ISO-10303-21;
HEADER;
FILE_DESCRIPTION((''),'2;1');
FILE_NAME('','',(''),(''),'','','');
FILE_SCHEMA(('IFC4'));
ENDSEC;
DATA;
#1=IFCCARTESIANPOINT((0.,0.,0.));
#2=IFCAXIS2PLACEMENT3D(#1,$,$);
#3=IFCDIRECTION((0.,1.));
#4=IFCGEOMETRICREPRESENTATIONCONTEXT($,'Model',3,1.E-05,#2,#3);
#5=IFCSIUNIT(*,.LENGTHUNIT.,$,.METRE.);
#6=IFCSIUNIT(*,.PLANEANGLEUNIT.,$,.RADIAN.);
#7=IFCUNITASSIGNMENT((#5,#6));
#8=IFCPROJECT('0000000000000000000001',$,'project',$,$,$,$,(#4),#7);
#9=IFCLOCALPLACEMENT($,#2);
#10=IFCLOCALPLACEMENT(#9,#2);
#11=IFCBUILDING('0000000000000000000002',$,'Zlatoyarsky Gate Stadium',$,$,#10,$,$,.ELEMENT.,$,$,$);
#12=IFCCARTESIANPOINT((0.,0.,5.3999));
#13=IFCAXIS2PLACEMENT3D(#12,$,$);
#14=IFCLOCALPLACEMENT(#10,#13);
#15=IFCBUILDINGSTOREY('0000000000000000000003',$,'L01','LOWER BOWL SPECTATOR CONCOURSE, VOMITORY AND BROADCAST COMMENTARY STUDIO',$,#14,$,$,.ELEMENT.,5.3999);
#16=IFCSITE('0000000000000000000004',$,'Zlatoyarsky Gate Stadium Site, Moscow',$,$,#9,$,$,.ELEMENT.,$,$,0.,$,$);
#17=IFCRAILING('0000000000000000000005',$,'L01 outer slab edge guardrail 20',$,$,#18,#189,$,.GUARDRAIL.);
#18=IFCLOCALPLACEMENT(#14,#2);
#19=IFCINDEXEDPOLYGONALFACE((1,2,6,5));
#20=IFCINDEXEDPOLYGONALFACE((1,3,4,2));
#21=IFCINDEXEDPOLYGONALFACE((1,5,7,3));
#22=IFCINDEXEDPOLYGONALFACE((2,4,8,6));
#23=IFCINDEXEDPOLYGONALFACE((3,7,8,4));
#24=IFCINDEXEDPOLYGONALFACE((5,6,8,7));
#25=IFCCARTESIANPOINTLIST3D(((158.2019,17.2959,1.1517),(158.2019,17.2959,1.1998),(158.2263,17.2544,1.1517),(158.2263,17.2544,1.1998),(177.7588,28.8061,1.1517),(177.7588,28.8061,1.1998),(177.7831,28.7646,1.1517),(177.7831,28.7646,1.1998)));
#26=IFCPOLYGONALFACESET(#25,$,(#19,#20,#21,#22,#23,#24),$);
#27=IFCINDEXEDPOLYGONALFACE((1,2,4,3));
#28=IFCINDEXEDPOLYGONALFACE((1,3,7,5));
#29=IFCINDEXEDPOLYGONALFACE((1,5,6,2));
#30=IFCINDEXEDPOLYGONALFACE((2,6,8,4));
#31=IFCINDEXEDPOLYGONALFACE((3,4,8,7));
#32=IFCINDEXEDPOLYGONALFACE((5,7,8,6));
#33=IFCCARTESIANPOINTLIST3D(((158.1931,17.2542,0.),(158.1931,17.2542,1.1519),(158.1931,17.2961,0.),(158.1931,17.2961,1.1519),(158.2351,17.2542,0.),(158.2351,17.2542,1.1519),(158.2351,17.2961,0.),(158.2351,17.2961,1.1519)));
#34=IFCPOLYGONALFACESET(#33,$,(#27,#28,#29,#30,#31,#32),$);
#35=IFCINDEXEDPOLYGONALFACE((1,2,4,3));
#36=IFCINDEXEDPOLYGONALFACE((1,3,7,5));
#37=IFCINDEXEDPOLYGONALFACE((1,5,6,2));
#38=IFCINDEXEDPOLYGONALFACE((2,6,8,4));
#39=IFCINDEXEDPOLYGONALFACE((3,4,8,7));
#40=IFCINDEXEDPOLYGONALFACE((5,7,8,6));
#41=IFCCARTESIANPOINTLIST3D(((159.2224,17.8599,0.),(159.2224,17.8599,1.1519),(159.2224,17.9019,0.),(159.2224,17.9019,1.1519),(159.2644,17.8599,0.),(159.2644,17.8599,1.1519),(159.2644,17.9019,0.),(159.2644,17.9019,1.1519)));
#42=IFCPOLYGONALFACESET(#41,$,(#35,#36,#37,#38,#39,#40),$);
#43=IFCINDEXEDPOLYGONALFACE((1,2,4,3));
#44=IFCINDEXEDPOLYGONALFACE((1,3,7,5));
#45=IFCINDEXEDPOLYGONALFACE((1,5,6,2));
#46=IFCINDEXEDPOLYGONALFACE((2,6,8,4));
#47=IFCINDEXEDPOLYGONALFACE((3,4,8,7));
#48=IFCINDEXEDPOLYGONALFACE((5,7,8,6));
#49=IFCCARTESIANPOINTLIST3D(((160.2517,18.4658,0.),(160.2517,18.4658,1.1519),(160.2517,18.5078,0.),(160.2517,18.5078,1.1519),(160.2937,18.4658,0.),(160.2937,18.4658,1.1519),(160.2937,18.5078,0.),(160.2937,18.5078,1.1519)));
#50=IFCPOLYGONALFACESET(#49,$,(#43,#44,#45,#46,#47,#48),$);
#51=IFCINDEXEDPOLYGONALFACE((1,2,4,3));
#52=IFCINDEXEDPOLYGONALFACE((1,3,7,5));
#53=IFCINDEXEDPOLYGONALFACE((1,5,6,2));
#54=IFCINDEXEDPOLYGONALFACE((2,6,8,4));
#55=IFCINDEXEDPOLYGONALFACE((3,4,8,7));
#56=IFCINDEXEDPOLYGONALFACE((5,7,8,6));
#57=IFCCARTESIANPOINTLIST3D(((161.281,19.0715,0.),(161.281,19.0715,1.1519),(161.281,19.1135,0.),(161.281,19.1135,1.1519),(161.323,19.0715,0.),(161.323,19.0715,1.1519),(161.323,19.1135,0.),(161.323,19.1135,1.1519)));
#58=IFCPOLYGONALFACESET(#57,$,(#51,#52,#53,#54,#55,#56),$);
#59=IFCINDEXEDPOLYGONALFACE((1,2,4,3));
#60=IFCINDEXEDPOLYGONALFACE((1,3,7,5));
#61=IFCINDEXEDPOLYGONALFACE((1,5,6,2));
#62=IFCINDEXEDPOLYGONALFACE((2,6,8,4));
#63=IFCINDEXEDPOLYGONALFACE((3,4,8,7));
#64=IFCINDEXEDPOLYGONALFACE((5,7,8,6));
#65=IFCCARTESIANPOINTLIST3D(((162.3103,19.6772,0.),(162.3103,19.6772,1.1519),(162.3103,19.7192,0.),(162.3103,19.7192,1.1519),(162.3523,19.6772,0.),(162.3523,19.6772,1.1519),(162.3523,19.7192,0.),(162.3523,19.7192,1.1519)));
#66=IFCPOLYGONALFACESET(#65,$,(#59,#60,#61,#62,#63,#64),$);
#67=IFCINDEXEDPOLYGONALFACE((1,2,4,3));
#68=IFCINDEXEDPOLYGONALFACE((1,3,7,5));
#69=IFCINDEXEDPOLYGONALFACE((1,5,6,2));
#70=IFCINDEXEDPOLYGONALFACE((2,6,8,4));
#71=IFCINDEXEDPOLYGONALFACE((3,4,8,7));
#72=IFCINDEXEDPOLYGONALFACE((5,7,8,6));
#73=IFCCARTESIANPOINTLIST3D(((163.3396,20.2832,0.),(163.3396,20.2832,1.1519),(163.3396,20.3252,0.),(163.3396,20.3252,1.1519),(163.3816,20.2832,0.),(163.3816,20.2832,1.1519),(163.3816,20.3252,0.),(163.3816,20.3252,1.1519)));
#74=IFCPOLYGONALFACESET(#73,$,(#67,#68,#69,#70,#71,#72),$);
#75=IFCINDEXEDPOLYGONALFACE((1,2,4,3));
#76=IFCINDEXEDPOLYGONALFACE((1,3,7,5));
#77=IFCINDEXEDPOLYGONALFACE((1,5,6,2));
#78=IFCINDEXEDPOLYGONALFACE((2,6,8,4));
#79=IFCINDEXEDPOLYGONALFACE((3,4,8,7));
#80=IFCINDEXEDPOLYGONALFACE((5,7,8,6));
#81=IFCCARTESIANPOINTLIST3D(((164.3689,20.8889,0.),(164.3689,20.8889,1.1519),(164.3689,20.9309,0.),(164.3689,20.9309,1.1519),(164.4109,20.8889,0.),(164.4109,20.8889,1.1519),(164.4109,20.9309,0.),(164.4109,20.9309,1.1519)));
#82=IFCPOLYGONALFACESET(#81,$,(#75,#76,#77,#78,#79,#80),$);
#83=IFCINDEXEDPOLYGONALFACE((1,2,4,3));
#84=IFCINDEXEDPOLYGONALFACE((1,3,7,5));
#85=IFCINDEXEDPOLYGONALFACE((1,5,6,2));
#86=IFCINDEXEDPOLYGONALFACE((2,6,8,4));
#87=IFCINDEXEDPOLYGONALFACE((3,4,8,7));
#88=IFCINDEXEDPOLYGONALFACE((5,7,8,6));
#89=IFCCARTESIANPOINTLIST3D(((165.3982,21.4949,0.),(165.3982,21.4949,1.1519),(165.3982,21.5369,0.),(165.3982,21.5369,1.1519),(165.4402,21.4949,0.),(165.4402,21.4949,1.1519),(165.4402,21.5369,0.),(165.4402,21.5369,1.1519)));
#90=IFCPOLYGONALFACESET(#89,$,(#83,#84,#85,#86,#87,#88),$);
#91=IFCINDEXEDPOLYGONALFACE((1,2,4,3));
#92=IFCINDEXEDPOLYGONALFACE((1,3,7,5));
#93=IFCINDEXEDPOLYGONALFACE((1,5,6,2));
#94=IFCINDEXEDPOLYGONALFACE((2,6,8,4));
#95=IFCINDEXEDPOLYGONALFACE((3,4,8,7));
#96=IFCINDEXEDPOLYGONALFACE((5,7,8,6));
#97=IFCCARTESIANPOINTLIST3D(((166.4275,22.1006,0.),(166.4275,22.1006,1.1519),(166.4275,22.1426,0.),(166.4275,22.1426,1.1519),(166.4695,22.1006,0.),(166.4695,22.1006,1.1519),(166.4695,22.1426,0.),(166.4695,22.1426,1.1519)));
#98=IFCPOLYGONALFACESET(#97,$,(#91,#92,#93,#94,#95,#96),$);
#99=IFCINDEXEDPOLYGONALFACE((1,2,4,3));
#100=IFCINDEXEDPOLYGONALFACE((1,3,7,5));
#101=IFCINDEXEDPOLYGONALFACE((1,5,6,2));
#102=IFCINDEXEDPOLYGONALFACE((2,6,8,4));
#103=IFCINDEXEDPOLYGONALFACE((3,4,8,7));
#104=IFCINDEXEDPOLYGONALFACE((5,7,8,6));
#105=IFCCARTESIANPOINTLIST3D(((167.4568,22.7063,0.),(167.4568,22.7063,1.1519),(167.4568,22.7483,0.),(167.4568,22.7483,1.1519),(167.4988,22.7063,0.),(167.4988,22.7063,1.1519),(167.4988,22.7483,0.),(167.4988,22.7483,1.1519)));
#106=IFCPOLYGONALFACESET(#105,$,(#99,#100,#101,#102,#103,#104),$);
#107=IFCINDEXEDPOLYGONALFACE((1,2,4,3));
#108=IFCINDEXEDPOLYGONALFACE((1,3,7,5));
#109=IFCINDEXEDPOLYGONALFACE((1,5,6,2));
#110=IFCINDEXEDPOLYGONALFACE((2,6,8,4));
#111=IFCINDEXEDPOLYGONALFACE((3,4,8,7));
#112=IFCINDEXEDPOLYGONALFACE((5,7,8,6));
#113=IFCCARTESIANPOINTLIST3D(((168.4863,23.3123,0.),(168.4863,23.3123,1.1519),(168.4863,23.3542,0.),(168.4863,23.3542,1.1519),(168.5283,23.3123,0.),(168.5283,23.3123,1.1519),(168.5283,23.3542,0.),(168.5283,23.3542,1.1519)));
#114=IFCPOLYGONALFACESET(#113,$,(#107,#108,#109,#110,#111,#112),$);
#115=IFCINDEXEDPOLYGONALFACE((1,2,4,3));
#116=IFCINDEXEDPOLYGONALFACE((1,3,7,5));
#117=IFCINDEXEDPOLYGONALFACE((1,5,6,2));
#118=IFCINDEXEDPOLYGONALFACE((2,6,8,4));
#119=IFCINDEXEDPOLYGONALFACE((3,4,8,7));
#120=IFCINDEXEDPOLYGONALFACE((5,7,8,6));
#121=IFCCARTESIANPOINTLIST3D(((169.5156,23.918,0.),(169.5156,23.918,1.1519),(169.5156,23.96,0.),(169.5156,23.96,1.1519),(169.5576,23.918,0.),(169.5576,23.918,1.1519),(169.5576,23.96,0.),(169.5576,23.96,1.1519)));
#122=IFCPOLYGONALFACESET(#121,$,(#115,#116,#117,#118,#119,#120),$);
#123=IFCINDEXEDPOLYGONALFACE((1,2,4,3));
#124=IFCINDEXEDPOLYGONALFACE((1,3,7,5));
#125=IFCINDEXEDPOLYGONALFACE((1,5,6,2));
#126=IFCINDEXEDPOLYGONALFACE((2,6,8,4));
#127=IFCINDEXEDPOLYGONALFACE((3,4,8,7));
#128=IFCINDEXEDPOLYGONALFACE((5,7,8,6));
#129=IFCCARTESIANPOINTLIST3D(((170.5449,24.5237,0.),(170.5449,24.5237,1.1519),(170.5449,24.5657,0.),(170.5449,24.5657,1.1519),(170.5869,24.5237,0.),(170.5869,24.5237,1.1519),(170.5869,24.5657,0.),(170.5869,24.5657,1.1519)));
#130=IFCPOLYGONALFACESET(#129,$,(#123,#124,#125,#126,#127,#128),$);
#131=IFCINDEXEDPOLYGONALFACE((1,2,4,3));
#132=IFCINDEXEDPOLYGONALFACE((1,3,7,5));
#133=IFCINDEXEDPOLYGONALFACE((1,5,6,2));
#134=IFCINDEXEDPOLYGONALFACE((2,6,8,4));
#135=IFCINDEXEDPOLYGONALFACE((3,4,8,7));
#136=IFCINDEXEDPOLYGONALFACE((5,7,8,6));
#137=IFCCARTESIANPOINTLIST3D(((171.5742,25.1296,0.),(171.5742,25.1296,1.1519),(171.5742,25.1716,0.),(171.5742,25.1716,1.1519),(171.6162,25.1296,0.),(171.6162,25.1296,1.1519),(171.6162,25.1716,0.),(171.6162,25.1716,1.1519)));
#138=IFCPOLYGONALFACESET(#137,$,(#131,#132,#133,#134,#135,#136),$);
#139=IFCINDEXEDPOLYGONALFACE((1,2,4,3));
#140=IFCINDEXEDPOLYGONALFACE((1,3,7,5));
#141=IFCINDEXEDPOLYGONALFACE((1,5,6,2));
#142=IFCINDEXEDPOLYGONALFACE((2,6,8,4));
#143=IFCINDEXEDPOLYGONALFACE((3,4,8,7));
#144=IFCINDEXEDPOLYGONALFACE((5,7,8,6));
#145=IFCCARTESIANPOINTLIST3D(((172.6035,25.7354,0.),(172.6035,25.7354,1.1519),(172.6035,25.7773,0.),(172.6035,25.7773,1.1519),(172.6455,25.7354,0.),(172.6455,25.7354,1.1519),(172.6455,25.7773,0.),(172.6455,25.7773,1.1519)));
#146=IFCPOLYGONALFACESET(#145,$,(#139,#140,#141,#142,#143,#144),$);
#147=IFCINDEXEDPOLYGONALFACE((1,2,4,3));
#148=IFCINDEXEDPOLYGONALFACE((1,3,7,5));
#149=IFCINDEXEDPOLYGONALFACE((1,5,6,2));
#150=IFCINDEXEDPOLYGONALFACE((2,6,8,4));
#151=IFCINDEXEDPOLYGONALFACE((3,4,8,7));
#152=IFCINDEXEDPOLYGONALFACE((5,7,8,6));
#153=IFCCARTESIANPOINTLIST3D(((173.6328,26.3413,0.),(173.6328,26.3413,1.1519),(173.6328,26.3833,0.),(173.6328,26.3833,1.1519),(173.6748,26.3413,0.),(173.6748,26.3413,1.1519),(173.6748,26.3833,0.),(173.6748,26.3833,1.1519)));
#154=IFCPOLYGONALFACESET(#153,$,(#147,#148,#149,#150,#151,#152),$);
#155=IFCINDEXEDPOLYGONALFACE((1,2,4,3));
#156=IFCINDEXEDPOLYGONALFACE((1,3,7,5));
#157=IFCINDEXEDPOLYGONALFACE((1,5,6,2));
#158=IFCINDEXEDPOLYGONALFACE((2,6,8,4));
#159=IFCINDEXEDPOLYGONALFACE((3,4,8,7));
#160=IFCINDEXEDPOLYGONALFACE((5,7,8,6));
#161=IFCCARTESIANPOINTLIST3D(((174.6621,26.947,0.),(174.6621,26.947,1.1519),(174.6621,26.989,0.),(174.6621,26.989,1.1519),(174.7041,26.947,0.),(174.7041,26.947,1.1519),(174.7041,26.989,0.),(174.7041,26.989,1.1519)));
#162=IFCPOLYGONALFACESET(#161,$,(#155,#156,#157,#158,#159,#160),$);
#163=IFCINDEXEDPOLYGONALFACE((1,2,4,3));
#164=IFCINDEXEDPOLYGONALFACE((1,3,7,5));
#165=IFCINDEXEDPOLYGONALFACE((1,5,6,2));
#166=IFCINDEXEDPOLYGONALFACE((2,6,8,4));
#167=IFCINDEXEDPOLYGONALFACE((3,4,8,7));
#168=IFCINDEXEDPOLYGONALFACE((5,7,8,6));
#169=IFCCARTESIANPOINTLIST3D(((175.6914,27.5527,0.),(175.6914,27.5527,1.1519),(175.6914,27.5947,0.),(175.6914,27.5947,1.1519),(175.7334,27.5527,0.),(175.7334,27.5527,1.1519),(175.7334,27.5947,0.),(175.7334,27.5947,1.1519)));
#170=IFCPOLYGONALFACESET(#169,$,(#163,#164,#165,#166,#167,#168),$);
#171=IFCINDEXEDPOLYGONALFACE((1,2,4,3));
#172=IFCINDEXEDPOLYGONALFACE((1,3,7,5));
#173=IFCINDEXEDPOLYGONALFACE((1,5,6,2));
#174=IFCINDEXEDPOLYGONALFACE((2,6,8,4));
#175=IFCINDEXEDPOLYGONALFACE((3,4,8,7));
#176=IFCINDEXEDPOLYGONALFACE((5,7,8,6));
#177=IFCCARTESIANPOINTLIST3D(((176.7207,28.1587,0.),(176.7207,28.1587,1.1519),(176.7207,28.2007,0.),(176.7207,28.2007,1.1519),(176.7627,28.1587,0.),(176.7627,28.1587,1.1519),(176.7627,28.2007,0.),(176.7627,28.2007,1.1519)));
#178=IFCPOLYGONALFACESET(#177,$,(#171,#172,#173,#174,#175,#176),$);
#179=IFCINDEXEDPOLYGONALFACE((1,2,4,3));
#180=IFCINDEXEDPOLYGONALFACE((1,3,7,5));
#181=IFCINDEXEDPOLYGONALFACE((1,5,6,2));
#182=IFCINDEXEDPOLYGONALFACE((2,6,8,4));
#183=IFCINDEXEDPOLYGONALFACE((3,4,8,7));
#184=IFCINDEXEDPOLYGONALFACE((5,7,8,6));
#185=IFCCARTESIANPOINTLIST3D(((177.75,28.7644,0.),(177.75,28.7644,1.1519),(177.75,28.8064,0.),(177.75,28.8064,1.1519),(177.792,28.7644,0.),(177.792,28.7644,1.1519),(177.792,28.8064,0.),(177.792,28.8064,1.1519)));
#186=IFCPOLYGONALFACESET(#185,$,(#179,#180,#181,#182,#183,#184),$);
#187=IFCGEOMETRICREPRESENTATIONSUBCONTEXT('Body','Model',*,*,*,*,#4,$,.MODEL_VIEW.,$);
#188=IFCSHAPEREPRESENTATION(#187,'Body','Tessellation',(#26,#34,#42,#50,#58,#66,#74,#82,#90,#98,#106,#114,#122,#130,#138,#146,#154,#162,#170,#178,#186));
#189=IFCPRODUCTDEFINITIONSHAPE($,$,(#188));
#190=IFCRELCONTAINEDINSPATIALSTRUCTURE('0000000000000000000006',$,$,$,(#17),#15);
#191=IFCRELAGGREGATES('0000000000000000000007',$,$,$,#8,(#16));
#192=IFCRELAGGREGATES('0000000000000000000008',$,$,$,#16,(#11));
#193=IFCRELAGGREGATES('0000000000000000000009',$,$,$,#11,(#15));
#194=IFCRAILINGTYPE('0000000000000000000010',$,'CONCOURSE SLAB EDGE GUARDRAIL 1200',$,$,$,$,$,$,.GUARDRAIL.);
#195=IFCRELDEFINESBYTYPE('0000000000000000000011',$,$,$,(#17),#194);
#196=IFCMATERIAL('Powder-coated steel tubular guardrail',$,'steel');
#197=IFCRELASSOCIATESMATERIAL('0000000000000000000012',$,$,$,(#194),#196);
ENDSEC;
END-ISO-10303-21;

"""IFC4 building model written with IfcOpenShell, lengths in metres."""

from ifc_helpers import new_model, si_unit, direction, frame, origin, origin_2d, place, context, subcontext, project, spatial, rectangle, extrude, material, type_object, element, save


model = new_model("IFC4")

# Units and contexts
model_context = context("Model", 3, precision=1e-05, world=origin(), true_north=direction((0.0, 1.0)))
body_context = subcontext(model_context, "Body", "Model", "MODEL_VIEW")
ifc_project = project(units=[si_unit("LENGTHUNIT", "METRE"), si_unit("PLANEANGLEUNIT", "RADIAN")], contexts=[model_context])

# Site, building, storey
site_placement = place(None, origin())
site = spatial("IfcSite", under=ifc_project, at=site_placement, Name="Zlatoyarsky Gate Stadium Site, Moscow", CompositionType="ELEMENT", RefElevation=0.0)
building_placement = place(site_placement, origin())
building = spatial("IfcBuilding", under=site, at=building_placement, Name="Zlatoyarsky Gate Stadium", CompositionType="ELEMENT")
storey_placement = place(building_placement, frame((0.0, 0.0, 5.3999)))
storey = spatial("IfcBuildingStorey", under=building, at=storey_placement, Name="L01", Description="LOWER BOWL SPECTATOR CONCOURSE, VOMITORY AND BROADCAST COMMENTARY STUDIO", CompositionType="ELEMENT", Elevation=5.3999)

# Railing
ifc_material_1 = material(Name="Powder-coated steel tubular guardrail", Category="steel")
railing_type = type_object("IfcRailingType", Name="CONCOURSE SLAB EDGE GUARDRAIL 1200", PredefinedType="GUARDRAIL", material=ifc_material_1)
railing_placement = place(storey_placement, frame((158.2141, 17.2751, 0.0)))
element("IfcRailing", 1, at=railing_placement, inside=storey, type_object=railing_type, Name="L01 outer slab edge guardrail 20", PredefinedType="GUARDRAIL", context=body_context, shape_type="SweptSolid", body=[
    extrude(rectangle(XDim=0.0481, YDim=0.0481, at=origin_2d()), frame((0.0, 0.0, 1.1758), z_axis=(0.861815, 0.507223, 0.0), x_axis=(-0.507223, 0.861815, 0.0)), (0.0, 0.0, 1.0), 22.6926),
    extrude(rectangle(XDim=0.042, YDim=0.042, at=origin_2d()), origin(), (0.0, 0.0, 1.0), 1.1519),
    extrude(rectangle(XDim=0.042, YDim=0.042, at=origin_2d()), frame((1.0293, 0.6057, 0.0)), (0.0, 0.0, 1.0), 1.1519),
    extrude(rectangle(XDim=0.042, YDim=0.042, at=origin_2d()), frame((2.0586, 1.2117, 0.0)), (0.0, 0.0, 1.0), 1.1519),
    extrude(rectangle(XDim=0.042, YDim=0.042, at=origin_2d()), frame((3.0879, 1.8174, 0.0)), (0.0, 0.0, 1.0), 1.1519),
    extrude(rectangle(XDim=0.042, YDim=0.042, at=origin_2d()), frame((4.1172, 2.4231, 0.0)), (0.0, 0.0, 1.0), 1.1519),
    extrude(rectangle(XDim=0.042, YDim=0.042, at=origin_2d()), frame((5.1465, 3.0291, 0.0)), (0.0, 0.0, 1.0), 1.1519),
    extrude(rectangle(XDim=0.042, YDim=0.042, at=origin_2d()), frame((6.1758, 3.6348, 0.0)), (0.0, 0.0, 1.0), 1.1519),
    extrude(rectangle(XDim=0.042, YDim=0.042, at=origin_2d()), frame((7.2051, 4.2407, 0.0)), (0.0, 0.0, 1.0), 1.1519),
    extrude(rectangle(XDim=0.042, YDim=0.042, at=origin_2d()), frame((8.2344, 4.8464, 0.0)), (0.0, 0.0, 1.0), 1.1519),
    extrude(rectangle(XDim=0.042, YDim=0.042, at=origin_2d()), frame((9.2637, 5.4521, 0.0)), (0.0, 0.0, 1.0), 1.1519),
    extrude(rectangle(XDim=0.042, YDim=0.042, at=origin_2d()), frame((10.2932, 6.0581, 0.0)), (0.0, 0.0, 1.0), 1.1519),
    extrude(rectangle(XDim=0.042, YDim=0.042, at=origin_2d()), frame((11.3225, 6.6638, 0.0)), (0.0, 0.0, 1.0), 1.1519),
    extrude(rectangle(XDim=0.042, YDim=0.042, at=origin_2d()), frame((12.3518, 7.2695, 0.0)), (0.0, 0.0, 1.0), 1.1519),
    extrude(rectangle(XDim=0.042, YDim=0.042, at=origin_2d()), frame((13.3811, 7.8755, 0.0)), (0.0, 0.0, 1.0), 1.1519),
    extrude(rectangle(XDim=0.042, YDim=0.042, at=origin_2d()), frame((14.4104, 8.4812, 0.0)), (0.0, 0.0, 1.0), 1.1519),
    extrude(rectangle(XDim=0.042, YDim=0.042, at=origin_2d()), frame((15.4397, 9.0872, 0.0)), (0.0, 0.0, 1.0), 1.1519),
    extrude(rectangle(XDim=0.042, YDim=0.042, at=origin_2d()), frame((16.469, 9.6929, 0.0)), (0.0, 0.0, 1.0), 1.1519),
    extrude(rectangle(XDim=0.042, YDim=0.042, at=origin_2d()), frame((17.4983, 10.2986, 0.0)), (0.0, 0.0, 1.0), 1.1519),
    extrude(rectangle(XDim=0.042, YDim=0.042, at=origin_2d()), frame((18.5276, 10.9045, 0.0)), (0.0, 0.0, 1.0), 1.1519),
    extrude(rectangle(XDim=0.042, YDim=0.042, at=origin_2d()), frame((19.5569, 11.5103, 0.0)), (0.0, 0.0, 1.0), 1.1519),
])

save(model, "model.ifc")
